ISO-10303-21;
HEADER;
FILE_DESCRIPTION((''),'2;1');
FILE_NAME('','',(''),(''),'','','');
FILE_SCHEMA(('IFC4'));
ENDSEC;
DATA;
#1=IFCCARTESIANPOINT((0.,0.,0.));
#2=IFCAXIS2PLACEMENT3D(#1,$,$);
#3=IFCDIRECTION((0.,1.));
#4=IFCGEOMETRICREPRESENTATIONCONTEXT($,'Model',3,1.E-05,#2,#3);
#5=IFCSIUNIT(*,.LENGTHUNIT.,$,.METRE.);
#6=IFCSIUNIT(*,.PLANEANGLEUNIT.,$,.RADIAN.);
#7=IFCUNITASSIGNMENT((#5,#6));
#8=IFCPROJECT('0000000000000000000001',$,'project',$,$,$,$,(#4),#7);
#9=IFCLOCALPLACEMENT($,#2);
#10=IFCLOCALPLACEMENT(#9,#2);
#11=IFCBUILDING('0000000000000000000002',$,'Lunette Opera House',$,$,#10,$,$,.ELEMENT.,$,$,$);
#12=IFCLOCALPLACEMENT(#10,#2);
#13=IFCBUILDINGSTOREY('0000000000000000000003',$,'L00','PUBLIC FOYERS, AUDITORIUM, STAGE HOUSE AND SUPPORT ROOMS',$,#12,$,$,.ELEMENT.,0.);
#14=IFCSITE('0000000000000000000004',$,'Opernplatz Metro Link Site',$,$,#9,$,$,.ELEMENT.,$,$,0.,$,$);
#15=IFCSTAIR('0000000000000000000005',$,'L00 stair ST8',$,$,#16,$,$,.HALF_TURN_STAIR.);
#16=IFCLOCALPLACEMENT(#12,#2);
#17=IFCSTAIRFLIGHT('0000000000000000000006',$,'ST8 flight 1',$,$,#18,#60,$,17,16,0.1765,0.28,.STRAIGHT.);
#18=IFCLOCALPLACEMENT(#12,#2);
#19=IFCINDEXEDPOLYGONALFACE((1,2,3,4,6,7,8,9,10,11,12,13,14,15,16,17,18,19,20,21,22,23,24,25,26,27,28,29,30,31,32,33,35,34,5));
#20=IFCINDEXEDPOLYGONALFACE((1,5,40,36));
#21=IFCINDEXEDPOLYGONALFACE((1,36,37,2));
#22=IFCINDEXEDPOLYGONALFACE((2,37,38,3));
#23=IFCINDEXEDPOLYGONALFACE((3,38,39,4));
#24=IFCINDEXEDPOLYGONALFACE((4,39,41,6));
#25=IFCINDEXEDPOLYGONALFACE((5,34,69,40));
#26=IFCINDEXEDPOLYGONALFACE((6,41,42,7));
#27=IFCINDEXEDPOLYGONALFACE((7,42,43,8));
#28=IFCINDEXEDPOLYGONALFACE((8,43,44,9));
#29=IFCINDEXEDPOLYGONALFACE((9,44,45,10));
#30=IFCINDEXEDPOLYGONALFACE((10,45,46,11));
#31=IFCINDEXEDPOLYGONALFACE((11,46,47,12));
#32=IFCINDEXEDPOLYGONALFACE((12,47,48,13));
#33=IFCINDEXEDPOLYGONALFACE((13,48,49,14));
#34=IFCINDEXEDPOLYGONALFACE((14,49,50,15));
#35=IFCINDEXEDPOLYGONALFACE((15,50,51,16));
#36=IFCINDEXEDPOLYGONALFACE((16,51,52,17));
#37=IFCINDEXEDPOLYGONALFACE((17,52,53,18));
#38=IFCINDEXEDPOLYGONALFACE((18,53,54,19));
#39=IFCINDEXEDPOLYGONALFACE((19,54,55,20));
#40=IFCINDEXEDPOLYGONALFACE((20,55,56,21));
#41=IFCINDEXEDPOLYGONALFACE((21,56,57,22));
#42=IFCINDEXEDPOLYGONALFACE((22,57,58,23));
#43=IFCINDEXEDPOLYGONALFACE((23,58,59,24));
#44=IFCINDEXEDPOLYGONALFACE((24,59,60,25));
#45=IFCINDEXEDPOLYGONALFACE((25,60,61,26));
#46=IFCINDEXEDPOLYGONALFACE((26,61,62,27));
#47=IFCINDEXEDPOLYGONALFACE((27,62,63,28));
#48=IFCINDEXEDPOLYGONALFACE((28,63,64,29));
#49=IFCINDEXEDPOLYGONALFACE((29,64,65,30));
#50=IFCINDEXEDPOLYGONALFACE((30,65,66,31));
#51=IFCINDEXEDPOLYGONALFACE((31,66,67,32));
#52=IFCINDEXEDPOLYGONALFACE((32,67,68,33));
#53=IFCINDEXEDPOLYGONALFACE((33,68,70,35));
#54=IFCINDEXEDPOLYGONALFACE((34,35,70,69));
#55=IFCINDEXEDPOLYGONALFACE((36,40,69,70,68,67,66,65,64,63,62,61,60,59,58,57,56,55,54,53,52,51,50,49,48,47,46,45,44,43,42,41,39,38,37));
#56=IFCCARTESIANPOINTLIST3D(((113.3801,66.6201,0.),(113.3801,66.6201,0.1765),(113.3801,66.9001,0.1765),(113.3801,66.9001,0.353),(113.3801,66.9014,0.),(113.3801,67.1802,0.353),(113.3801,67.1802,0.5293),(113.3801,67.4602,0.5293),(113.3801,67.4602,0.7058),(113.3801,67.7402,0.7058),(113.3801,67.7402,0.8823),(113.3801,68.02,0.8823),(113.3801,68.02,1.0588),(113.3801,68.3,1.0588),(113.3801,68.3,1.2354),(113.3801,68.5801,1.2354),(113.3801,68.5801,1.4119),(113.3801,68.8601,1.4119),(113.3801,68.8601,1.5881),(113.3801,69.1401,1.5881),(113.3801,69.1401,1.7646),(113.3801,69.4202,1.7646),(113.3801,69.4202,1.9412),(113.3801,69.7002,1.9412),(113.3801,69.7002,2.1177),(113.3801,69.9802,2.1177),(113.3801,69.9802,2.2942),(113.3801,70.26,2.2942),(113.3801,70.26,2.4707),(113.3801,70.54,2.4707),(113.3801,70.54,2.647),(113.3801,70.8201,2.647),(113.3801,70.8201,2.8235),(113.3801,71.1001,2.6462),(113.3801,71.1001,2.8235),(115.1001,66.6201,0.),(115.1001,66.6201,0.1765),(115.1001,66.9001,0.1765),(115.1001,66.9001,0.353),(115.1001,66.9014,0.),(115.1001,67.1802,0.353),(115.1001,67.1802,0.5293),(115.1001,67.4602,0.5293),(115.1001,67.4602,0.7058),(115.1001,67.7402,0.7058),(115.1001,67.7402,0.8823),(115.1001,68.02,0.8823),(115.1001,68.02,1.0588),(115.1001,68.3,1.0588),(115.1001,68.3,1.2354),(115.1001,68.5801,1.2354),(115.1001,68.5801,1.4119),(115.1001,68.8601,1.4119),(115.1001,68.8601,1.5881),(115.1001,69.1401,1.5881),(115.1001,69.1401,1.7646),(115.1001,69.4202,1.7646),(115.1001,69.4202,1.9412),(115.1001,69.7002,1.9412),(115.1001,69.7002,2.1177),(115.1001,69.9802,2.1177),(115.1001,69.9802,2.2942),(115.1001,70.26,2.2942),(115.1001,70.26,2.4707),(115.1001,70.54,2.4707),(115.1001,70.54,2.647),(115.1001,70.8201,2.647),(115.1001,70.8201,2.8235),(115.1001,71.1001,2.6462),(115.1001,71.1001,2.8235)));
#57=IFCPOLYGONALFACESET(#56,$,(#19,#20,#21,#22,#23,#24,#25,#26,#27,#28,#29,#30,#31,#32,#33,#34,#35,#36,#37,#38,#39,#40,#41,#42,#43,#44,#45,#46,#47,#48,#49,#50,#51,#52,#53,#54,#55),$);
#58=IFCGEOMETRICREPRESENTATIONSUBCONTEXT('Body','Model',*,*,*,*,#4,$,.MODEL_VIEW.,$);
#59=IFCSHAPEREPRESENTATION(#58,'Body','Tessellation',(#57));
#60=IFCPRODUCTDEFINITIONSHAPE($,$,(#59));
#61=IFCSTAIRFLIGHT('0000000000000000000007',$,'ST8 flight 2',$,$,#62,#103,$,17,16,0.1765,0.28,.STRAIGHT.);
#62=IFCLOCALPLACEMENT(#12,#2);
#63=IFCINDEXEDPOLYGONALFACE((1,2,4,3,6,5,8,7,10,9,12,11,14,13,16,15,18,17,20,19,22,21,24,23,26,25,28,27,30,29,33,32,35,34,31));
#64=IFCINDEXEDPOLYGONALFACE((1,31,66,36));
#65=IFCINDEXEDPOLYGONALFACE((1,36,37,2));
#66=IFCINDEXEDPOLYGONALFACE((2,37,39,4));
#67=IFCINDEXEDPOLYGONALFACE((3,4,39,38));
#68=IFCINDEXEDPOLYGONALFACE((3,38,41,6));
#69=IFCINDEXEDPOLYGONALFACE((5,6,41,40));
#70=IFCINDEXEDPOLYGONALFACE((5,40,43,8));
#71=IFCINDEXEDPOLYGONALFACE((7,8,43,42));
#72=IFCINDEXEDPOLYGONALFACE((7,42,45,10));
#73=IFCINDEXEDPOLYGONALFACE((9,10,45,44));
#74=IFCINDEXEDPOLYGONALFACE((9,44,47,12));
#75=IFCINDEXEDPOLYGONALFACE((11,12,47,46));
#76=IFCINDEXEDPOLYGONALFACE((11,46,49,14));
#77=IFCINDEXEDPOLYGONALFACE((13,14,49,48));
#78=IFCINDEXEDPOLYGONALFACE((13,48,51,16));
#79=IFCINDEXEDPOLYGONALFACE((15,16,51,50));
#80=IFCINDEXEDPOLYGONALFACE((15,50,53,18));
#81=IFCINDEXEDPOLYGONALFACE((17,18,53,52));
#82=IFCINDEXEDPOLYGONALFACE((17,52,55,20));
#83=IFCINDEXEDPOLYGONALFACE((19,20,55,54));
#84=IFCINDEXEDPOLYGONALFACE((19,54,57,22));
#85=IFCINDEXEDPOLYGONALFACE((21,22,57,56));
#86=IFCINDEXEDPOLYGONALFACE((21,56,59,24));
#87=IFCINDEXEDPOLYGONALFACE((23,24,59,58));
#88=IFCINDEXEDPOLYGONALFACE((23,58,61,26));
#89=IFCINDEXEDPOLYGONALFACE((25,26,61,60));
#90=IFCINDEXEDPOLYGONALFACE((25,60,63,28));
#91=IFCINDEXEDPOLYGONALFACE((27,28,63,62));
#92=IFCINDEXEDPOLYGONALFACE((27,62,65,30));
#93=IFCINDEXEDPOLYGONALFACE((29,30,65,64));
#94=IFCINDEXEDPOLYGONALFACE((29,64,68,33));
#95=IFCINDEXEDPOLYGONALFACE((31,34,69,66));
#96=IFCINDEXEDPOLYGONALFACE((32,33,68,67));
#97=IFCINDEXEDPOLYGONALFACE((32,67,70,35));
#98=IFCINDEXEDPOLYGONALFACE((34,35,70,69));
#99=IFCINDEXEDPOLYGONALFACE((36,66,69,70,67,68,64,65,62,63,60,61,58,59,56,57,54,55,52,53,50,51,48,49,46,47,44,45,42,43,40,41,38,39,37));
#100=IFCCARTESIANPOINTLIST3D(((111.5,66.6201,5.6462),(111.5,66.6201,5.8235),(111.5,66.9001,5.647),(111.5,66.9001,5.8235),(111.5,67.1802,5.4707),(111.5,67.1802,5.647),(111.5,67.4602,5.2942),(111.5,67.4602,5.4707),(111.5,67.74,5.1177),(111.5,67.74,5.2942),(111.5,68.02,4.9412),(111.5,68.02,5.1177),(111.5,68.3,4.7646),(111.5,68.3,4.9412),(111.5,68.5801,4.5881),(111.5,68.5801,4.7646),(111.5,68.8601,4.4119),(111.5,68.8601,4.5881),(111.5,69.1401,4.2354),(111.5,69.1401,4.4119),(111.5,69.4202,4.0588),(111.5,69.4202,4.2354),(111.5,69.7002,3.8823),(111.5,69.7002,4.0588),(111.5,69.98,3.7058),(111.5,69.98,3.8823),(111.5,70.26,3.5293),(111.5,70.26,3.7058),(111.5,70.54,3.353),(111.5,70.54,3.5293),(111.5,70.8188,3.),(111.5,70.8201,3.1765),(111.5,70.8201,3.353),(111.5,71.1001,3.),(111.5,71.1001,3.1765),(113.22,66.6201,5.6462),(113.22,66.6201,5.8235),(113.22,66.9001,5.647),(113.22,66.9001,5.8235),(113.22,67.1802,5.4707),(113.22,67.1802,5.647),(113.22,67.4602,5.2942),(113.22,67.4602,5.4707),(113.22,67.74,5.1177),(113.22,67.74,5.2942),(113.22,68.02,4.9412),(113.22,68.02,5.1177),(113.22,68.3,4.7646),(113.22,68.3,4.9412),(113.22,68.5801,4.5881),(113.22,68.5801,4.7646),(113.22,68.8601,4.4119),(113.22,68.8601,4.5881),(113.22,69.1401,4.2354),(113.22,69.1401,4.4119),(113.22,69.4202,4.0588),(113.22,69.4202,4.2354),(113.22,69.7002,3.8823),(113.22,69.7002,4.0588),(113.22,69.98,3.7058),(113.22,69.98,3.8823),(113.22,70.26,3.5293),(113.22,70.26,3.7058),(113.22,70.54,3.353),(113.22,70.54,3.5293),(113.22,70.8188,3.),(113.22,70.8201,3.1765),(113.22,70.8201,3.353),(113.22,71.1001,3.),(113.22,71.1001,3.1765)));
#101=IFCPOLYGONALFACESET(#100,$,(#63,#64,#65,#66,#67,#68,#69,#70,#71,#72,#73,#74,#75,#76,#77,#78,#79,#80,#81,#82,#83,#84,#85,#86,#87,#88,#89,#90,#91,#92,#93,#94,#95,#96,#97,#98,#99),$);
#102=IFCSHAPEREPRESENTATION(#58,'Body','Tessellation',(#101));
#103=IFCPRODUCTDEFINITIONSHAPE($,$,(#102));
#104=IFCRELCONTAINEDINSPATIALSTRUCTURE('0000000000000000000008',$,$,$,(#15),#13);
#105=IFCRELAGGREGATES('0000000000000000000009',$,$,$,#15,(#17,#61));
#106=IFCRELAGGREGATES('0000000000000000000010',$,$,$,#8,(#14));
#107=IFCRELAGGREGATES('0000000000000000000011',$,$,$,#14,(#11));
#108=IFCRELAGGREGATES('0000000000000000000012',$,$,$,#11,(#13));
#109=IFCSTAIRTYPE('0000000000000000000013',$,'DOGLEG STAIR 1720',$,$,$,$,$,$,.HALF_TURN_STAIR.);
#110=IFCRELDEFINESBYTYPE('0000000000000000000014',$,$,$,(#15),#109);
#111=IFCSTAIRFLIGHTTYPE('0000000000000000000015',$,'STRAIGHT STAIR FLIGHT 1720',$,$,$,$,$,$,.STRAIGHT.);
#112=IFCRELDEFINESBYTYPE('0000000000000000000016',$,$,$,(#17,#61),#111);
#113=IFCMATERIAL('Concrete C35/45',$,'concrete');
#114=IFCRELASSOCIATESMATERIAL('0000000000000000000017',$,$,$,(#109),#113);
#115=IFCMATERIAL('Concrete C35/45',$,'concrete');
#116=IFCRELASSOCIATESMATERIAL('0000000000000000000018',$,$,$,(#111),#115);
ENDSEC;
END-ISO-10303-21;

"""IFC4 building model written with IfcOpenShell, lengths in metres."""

from ifc_helpers import new_model, si_unit, direction, frame, origin, place, context, subcontext, project, spatial, polyline, outline, extrude, material, type_object, element, aggregate, save


model = new_model("IFC4")

# Units and contexts
model_context = context("Model", 3, precision=1e-05, world=origin(), true_north=direction((0.0, 1.0)))
body_context = subcontext(model_context, "Body", "Model", "MODEL_VIEW")
ifc_project = project(units=[si_unit("LENGTHUNIT", "METRE"), si_unit("PLANEANGLEUNIT", "RADIAN")], contexts=[model_context])

# Site, building, storey
site_placement = place(None, origin())
site = spatial("IfcSite", under=ifc_project, at=site_placement, Name="Opernplatz Metro Link Site", CompositionType="ELEMENT", RefElevation=0.0)
building_placement = place(site_placement, origin())
building = spatial("IfcBuilding", under=site, at=building_placement, Name="Lunette Opera House", CompositionType="ELEMENT")
storey_placement = place(building_placement, origin())
storey = spatial("IfcBuildingStorey", under=building, at=storey_placement, Name="L00", Description="PUBLIC FOYERS, AUDITORIUM, STAGE HOUSE AND SUPPORT ROOMS", CompositionType="ELEMENT", Elevation=0.0)

# Stair, stair flights
ifc_material_1 = material(Name="Concrete C35/45", Category="concrete")
stair_type = type_object("IfcStairType", Name="DOGLEG STAIR 1720", PredefinedType="HALF_TURN_STAIR", material=ifc_material_1)
stair_placement = place(storey_placement, origin())
stair = element("IfcStair", 1, at=stair_placement, inside=storey, type_object=stair_type, Name="L00 stair ST8", PredefinedType="HALF_TURN_STAIR")
ifc_material_2 = material(Name="Concrete C35/45", Category="concrete")
stair_flight_type = type_object("IfcStairFlightType", Name="STRAIGHT STAIR FLIGHT 1720", PredefinedType="STRAIGHT", material=ifc_material_2)
stair_flight_1_placement = place(storey_placement, frame((114.24, 66.6201, 0.0), z_axis=(0.0, 0.0, 1.0), x_axis=(0.0, 1.0, 0.0)))
stair_flight_1 = element("IfcStairFlight", 2, at=stair_flight_1_placement, type_object=stair_flight_type, Name="ST8 flight 1", NumberOfRisers=17, NumberOfTreads=16, PredefinedType="STRAIGHT", RiserHeight=0.1765, TreadLength=0.28, context=body_context, shape_type="SweptSolid", body=[
    extrude(outline(polyline([(0.0, 0.0), (0.0, 0.1765), (0.28, 0.1765), (0.28, 0.353), (0.5601, 0.353), (0.5601, 0.5293), (0.8401, 0.5293), (0.8401, 0.7058), (1.1201, 0.7058), (1.1201, 0.8823), (1.3999, 0.8823), (1.3999, 1.0588), (1.6799, 1.0588), (1.6799, 1.2354), (1.96, 1.2354), (1.96, 1.4119), (2.24, 1.4119), (2.24, 1.5881), (2.52, 1.5881), (2.52, 1.7646), (2.8, 1.7646), (2.8, 1.9412), (3.0801, 1.9412), (3.0801, 2.1177), (3.3601, 2.1177), (3.3601, 2.2942), (3.6399, 2.2942), (3.6399, 2.4707), (3.9199, 2.4707), (3.9199, 2.647), (4.2, 2.647), (4.2, 2.8235), (4.48, 2.8235), (4.48, 3.0), (4.48, 2.6462), (0.2812, 0.0), (0.0, 0.0)])), frame((0.0, 0.8599, 0.0), z_axis=(0.0, -1.0, 0.0), x_axis=(1.0, 0.0, 0.0)), (0.0, 0.0, 1.0), 1.72),
])
stair_flight_2_placement = place(storey_placement, frame((112.3601, 71.1001, 3.0), z_axis=(0.0, 0.0, 1.0), x_axis=(0.0, -1.0, 0.0)))
stair_flight_2 = element("IfcStairFlight", 3, at=stair_flight_2_placement, type_object=stair_flight_type, Name="ST8 flight 2", NumberOfRisers=17, NumberOfTreads=16, PredefinedType="STRAIGHT", RiserHeight=0.1765, TreadLength=0.28, context=body_context, shape_type="SweptSolid", body=[
    extrude(outline(polyline([(0.0, 0.0), (0.0, 0.1765), (0.28, 0.1765), (0.28, 0.353), (0.5601, 0.353), (0.5601, 0.5293), (0.8401, 0.5293), (0.8401, 0.7058), (1.1201, 0.7058), (1.1201, 0.8823), (1.3999, 0.8823), (1.3999, 1.0588), (1.6799, 1.0588), (1.6799, 1.2354), (1.96, 1.2354), (1.96, 1.4119), (2.24, 1.4119), (2.24, 1.5881), (2.52, 1.5881), (2.52, 1.7646), (2.8, 1.7646), (2.8, 1.9412), (3.0801, 1.9412), (3.0801, 2.1177), (3.3601, 2.1177), (3.3601, 2.2942), (3.6399, 2.2942), (3.6399, 2.4707), (3.9199, 2.4707), (3.9199, 2.647), (4.2, 2.647), (4.2, 2.8235), (4.48, 2.8235), (4.48, 3.0), (4.48, 2.6462), (0.2812, 0.0), (0.0, 0.0)])), frame((0.0, 0.8599, 0.0), z_axis=(0.0, -1.0, 0.0), x_axis=(1.0, 0.0, 0.0)), (0.0, 0.0, 1.0), 1.72),
])
aggregate(stair, [stair_flight_1, stair_flight_2])

save(model, "model.ifc")
